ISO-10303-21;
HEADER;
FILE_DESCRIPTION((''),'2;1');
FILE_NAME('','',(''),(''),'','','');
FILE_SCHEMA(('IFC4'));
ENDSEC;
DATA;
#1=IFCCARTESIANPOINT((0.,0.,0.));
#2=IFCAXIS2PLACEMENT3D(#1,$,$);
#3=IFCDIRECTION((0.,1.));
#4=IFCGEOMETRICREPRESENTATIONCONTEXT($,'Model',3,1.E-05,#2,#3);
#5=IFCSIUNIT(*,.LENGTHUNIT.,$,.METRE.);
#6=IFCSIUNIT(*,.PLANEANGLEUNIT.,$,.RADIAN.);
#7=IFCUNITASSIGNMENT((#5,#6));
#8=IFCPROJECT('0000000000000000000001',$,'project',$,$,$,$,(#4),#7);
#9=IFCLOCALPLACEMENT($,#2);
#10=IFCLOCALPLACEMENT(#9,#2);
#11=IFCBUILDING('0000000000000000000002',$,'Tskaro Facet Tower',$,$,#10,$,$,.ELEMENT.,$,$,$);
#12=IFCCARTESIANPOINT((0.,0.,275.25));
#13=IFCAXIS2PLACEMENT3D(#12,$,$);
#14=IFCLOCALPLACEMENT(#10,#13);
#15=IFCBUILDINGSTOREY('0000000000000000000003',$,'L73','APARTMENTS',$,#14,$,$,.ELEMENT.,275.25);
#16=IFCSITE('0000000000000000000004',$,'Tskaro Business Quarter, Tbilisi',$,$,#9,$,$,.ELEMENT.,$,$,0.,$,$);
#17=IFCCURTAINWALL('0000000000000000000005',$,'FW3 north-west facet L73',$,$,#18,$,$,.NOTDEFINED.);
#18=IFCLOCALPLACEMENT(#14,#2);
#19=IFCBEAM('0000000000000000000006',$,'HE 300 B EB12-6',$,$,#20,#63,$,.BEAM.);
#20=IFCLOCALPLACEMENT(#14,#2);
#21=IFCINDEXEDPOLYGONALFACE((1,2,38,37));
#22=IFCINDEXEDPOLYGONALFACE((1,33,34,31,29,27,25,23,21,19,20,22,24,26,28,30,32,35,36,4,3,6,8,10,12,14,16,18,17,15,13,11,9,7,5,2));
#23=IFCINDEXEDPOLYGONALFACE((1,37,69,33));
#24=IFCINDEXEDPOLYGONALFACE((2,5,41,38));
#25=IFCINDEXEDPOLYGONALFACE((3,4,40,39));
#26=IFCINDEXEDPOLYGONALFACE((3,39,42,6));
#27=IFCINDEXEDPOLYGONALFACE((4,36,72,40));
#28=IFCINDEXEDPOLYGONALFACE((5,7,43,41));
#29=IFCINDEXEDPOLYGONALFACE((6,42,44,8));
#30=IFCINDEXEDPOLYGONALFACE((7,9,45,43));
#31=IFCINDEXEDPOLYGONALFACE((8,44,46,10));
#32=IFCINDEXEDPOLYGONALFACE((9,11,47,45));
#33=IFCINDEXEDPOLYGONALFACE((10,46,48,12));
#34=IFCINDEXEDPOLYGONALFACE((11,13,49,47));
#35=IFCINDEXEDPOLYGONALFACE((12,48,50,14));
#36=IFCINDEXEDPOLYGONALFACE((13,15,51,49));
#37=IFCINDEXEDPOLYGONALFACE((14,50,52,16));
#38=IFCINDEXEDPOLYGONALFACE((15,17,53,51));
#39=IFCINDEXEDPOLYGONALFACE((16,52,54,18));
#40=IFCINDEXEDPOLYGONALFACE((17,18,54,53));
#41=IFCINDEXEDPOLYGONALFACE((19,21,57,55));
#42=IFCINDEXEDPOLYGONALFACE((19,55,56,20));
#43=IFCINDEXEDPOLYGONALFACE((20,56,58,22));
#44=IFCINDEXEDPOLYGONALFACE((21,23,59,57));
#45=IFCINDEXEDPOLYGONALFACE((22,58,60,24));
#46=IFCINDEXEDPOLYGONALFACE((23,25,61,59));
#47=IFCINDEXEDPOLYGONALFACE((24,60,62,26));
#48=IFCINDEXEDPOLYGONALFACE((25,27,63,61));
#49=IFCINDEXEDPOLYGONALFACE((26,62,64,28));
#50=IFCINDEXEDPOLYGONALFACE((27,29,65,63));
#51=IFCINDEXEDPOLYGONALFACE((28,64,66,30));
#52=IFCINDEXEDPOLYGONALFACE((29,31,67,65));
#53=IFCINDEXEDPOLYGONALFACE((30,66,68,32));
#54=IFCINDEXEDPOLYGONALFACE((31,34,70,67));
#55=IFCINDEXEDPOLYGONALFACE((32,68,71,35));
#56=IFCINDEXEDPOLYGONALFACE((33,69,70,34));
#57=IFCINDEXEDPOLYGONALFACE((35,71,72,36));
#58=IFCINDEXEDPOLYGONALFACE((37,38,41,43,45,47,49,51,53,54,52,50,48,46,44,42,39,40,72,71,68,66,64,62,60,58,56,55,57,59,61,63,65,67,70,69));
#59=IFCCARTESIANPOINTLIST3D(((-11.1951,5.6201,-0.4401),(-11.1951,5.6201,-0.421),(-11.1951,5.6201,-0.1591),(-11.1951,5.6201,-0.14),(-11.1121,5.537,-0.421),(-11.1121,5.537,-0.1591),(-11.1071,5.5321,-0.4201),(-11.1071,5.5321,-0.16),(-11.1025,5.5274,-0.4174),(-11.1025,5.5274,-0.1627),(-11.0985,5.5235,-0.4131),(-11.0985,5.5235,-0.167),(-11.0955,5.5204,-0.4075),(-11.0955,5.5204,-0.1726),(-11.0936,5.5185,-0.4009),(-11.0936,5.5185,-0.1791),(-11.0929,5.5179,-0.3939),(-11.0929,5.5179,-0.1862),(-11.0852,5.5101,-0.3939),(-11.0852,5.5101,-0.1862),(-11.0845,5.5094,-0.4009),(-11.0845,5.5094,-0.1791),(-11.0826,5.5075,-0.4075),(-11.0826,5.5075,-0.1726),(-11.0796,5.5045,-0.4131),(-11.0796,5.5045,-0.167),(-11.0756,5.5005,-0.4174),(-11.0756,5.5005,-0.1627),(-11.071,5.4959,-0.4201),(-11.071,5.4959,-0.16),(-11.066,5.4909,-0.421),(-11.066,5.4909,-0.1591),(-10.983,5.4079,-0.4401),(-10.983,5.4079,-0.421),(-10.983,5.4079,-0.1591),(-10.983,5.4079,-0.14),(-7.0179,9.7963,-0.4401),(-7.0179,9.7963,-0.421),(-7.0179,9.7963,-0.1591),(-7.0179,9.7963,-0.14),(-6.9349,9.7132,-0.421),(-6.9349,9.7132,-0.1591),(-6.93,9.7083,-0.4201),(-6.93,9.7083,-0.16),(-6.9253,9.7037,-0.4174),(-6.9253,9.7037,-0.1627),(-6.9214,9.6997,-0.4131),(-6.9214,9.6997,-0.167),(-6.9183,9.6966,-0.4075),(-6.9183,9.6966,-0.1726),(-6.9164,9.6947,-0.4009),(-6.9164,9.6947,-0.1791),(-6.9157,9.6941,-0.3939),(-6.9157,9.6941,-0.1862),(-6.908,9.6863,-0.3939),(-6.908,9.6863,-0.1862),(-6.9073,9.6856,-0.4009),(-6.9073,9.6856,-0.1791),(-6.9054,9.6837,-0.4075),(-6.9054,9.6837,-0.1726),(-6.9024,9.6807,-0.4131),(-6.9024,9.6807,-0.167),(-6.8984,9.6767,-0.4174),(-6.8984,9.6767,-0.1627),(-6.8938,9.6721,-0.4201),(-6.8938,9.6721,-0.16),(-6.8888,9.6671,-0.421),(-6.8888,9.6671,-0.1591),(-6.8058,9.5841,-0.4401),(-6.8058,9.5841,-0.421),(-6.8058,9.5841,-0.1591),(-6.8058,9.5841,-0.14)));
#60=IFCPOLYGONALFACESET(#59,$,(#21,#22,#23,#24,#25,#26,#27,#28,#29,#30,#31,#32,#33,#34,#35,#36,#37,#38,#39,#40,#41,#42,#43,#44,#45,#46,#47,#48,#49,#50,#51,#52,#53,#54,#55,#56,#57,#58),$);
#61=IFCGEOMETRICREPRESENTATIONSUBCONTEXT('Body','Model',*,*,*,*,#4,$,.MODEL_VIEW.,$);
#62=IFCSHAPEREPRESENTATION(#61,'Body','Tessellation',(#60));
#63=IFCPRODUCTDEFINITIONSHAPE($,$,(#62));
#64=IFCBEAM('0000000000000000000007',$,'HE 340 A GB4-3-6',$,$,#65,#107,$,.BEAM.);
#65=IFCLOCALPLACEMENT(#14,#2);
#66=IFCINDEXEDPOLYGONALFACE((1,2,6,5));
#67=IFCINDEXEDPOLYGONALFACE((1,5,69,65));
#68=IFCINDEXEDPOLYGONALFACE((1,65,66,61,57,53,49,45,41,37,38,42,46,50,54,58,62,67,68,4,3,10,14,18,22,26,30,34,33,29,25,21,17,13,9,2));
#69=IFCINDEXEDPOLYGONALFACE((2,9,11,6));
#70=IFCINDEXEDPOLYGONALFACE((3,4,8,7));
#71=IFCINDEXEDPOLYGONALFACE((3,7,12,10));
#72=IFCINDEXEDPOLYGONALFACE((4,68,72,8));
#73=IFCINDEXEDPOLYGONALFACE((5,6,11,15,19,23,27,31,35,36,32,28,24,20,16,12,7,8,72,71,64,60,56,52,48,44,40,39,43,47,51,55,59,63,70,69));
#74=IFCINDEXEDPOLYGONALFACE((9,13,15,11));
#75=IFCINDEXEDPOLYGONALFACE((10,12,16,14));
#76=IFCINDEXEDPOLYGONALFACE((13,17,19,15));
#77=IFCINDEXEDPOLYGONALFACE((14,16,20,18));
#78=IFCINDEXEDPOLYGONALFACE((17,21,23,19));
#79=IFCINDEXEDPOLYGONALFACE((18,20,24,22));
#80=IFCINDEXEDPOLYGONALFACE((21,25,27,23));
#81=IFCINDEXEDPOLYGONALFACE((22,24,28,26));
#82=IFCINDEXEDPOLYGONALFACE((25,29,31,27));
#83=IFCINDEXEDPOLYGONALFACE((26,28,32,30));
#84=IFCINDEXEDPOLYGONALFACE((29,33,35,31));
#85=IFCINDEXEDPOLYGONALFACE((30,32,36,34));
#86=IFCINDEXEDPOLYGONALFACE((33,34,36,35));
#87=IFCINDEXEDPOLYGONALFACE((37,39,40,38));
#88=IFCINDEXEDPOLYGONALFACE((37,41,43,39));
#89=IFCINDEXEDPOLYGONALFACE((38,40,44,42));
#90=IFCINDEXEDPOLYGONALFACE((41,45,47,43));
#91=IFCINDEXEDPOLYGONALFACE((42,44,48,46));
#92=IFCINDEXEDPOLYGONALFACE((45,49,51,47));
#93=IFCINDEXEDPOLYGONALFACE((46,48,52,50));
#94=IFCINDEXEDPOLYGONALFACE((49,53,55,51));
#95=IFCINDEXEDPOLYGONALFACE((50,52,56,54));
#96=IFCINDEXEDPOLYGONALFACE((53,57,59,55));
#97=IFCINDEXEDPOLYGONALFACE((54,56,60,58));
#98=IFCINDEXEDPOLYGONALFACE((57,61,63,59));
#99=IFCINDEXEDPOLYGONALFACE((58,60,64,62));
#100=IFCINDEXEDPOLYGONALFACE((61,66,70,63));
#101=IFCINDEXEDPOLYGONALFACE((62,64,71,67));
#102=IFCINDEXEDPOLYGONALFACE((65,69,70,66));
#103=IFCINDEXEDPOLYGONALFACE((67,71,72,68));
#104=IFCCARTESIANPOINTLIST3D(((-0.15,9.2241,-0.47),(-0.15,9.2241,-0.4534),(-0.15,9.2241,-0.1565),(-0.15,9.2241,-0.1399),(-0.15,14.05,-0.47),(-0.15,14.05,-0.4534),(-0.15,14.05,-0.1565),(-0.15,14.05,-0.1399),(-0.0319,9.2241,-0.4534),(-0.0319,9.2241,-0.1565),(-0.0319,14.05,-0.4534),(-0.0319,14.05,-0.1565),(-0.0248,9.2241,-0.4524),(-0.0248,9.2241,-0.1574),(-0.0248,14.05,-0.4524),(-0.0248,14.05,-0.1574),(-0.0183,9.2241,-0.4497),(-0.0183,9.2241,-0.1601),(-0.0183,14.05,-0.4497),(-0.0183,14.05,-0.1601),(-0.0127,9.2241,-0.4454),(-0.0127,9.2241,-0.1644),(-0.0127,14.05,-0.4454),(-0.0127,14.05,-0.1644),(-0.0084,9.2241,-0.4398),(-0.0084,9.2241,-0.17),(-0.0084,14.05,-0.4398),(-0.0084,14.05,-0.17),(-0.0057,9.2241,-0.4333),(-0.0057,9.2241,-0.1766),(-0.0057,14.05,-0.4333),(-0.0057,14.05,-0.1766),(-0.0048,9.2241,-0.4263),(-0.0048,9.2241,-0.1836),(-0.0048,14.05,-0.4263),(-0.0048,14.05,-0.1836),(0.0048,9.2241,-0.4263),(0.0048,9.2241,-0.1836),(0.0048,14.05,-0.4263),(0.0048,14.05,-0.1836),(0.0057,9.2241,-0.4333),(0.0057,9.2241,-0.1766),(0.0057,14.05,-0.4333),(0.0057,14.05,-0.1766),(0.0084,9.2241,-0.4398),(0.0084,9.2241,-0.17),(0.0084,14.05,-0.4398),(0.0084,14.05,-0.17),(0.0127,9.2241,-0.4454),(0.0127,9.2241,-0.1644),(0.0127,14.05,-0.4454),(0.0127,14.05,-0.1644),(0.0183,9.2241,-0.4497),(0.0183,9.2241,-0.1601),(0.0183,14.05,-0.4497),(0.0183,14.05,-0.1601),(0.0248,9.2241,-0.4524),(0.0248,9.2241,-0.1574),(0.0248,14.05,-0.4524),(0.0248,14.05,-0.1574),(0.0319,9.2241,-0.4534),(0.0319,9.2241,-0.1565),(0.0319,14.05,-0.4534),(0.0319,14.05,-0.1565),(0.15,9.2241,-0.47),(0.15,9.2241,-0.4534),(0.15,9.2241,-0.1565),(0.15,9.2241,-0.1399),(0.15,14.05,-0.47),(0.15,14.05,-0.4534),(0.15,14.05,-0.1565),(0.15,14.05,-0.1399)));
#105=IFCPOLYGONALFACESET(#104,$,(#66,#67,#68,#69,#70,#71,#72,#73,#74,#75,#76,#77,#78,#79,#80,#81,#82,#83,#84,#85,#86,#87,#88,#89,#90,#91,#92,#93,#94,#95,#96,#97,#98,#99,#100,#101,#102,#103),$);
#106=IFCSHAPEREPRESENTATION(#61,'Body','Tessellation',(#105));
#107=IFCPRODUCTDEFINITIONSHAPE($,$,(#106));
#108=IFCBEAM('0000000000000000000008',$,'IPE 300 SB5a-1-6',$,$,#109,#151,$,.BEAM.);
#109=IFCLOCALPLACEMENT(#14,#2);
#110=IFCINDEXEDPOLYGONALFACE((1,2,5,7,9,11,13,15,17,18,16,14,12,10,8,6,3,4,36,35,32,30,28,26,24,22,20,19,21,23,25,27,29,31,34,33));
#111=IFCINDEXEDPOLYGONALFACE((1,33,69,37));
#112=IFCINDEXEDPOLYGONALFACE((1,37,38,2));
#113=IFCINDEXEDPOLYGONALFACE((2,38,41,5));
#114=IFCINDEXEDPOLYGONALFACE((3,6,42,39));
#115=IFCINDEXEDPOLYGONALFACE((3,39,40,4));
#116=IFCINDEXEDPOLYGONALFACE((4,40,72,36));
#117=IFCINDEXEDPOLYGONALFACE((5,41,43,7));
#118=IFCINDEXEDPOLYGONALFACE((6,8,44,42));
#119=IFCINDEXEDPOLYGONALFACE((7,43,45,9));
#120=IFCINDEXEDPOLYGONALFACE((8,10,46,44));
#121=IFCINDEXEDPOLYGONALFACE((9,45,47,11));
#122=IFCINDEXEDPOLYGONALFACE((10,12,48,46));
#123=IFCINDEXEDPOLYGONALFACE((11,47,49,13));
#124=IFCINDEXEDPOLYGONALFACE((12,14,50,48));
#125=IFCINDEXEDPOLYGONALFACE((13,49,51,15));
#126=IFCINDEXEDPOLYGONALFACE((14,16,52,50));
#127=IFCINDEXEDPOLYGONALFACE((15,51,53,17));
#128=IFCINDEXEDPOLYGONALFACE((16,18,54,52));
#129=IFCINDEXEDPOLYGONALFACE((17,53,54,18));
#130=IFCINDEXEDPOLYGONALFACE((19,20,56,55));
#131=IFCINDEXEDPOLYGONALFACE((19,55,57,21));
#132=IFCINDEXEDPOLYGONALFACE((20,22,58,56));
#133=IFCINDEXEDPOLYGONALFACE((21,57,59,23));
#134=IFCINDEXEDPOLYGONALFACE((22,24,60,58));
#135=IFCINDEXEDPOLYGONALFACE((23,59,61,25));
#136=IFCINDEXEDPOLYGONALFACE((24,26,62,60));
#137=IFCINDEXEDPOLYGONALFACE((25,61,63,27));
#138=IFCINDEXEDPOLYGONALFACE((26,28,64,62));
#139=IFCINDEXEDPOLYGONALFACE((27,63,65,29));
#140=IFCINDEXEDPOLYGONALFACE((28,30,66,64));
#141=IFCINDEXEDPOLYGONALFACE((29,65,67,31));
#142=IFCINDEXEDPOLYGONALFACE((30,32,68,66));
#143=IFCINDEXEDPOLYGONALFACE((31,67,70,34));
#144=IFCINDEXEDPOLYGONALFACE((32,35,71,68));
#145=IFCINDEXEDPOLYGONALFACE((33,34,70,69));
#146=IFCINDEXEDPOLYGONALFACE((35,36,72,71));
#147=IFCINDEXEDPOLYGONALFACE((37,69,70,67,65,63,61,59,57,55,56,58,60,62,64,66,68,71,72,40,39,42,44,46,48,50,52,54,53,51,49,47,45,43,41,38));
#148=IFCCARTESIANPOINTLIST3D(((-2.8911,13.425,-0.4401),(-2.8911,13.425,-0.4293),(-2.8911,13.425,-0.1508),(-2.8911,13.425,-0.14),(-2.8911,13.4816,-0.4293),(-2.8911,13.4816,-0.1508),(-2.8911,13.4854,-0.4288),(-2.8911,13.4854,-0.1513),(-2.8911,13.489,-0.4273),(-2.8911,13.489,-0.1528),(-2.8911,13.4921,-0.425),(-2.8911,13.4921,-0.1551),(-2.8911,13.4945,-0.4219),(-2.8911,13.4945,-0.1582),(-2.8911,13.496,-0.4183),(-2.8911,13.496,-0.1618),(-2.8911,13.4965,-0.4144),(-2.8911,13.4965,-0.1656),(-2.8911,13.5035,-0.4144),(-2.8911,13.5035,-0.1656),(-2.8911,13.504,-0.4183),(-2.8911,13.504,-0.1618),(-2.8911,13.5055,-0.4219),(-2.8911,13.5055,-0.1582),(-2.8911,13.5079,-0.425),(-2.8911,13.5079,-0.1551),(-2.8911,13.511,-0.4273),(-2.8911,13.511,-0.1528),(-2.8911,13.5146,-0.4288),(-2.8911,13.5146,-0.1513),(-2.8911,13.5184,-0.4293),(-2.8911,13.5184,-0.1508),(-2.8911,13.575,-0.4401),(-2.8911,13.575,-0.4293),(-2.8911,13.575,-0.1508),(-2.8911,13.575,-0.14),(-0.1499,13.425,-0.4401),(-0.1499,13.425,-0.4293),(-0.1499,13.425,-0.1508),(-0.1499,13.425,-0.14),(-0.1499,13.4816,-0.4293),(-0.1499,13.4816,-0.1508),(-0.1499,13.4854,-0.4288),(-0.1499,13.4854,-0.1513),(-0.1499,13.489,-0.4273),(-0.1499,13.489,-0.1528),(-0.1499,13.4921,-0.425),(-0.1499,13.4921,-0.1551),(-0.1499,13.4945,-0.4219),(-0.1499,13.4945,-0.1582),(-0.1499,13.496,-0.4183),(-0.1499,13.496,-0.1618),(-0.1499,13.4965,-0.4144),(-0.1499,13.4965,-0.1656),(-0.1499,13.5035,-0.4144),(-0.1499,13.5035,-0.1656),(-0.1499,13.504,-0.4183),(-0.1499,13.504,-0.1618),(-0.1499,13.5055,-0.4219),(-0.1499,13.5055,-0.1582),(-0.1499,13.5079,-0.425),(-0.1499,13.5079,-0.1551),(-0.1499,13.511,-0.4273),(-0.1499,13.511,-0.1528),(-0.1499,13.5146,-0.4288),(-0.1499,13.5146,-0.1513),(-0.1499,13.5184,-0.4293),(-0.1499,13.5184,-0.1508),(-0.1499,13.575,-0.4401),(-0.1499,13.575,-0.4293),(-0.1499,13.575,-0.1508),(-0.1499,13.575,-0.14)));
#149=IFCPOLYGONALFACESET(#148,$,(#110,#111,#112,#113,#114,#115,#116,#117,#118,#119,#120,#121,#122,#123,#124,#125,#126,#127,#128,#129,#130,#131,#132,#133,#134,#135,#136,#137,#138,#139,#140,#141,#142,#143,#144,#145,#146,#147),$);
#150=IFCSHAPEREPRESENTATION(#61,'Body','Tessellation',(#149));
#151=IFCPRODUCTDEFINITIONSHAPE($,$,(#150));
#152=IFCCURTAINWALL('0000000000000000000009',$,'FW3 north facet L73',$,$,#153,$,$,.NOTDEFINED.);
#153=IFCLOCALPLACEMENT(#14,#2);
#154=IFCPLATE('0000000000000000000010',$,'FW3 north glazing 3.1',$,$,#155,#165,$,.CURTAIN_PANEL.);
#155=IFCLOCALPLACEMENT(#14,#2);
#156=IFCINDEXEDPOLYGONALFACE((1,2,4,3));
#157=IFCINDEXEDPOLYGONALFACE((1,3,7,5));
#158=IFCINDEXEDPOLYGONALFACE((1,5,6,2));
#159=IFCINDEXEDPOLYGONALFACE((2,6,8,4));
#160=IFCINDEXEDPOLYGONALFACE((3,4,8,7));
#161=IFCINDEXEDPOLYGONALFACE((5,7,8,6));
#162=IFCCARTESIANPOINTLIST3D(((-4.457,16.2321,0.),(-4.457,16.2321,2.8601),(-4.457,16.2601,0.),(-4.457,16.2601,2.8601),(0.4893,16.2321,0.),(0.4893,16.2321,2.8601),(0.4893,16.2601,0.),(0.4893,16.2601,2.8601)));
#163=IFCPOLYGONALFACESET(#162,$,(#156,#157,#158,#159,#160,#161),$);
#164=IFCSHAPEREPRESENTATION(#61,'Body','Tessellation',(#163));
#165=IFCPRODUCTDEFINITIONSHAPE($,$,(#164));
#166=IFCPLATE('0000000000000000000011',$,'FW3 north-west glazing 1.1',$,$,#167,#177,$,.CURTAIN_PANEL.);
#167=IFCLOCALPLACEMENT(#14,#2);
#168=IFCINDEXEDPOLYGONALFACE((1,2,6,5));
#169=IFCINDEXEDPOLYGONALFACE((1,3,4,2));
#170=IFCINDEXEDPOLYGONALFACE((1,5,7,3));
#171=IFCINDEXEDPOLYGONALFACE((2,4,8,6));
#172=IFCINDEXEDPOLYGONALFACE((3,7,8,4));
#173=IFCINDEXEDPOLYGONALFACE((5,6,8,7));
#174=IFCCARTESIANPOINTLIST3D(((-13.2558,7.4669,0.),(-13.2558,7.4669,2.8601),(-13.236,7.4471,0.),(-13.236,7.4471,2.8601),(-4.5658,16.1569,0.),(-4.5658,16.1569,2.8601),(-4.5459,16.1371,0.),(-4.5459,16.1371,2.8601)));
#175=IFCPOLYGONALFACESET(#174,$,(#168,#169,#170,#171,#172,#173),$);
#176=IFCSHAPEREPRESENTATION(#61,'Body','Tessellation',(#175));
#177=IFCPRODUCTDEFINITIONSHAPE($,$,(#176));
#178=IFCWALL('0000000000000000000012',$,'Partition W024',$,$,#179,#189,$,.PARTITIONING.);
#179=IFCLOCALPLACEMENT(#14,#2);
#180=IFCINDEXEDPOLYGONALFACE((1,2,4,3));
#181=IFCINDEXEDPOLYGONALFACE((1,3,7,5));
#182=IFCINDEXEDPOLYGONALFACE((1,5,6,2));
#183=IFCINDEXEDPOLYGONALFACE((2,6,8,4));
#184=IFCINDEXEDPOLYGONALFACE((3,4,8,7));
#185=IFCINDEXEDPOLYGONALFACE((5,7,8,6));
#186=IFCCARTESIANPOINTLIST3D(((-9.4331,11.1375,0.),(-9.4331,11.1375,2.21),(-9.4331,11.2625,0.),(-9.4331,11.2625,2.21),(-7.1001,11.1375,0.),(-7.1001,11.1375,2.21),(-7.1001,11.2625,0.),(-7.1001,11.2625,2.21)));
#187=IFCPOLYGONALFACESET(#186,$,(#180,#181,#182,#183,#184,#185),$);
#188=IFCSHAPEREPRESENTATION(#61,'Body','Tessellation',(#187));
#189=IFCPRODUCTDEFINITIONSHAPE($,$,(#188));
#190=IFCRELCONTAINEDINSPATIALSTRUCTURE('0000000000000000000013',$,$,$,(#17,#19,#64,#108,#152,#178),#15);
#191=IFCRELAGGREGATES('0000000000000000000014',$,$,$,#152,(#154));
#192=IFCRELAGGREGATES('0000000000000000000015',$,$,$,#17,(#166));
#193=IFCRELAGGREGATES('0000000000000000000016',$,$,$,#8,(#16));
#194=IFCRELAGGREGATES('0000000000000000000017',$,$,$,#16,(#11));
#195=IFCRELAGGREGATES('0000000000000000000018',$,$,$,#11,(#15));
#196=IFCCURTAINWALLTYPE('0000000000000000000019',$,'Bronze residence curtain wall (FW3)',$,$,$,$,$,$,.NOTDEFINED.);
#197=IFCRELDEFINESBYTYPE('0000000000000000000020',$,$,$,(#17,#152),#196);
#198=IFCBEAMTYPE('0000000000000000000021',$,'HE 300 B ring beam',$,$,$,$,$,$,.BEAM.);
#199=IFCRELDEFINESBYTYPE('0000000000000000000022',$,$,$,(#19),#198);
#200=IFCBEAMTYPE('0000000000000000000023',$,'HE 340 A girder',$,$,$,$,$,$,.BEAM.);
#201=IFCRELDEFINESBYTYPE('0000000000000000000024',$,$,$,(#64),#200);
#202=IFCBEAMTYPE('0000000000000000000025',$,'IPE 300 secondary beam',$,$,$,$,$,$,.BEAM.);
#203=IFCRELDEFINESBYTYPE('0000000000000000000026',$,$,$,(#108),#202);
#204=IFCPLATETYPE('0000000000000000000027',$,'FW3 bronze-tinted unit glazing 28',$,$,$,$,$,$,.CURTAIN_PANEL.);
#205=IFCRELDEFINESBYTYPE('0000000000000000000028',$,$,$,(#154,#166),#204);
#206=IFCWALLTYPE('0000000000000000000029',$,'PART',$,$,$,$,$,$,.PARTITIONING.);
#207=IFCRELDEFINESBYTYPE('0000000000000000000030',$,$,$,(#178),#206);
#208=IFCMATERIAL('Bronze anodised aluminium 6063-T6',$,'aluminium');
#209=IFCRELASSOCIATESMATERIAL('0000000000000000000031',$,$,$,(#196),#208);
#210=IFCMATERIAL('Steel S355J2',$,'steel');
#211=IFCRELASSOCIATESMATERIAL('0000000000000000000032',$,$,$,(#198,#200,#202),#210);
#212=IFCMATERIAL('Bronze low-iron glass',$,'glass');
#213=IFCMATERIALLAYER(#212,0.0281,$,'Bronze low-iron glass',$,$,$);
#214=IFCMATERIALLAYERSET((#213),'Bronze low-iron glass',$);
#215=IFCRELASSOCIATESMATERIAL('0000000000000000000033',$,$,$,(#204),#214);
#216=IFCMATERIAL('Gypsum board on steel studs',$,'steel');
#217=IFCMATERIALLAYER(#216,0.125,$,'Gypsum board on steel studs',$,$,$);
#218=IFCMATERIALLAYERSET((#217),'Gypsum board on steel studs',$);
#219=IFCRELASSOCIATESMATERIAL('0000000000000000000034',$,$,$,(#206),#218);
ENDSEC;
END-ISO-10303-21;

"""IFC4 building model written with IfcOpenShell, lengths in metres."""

from ifc_helpers import new_model, si_unit, direction, frame, frame_2d, origin, origin_2d, place, context, subcontext, project, spatial, rectangle, i_section, extrude, material, layer, layer_set, material_profile, profile_set, type_object, element, aggregate, save


model = new_model("IFC4")

# Units and contexts
model_context = context("Model", 3, precision=1e-05, world=origin(), true_north=direction((0.0, 1.0)))
body_context = subcontext(model_context, "Body", "Model", "MODEL_VIEW")
ifc_project = project(units=[si_unit("LENGTHUNIT", "METRE"), si_unit("PLANEANGLEUNIT", "RADIAN")], contexts=[model_context])

# Site, building, storey
site_placement = place(None, origin())
site = spatial("IfcSite", under=ifc_project, at=site_placement, Name="Tskaro Business Quarter, Tbilisi", CompositionType="ELEMENT", RefElevation=0.0)
building_placement = place(site_placement, origin())
building = spatial("IfcBuilding", under=site, at=building_placement, Name="Tskaro Facet Tower", CompositionType="ELEMENT")
storey_placement = place(building_placement, frame((0.0, 0.0, 275.25)))
storey = spatial("IfcBuildingStorey", under=building, at=storey_placement, Name="L73", Description="APARTMENTS", CompositionType="ELEMENT", Elevation=275.25)

# Shared definitions
ifc_material_1 = material(Name="Steel S355J2", Category="steel")

# Curtain wall
ifc_material_2 = material(Name="Bronze anodised aluminium 6063-T6", Category="aluminium")
curtain_wall_type = type_object("IfcCurtainWallType", Name="Bronze residence curtain wall (FW3)", PredefinedType="NOTDEFINED", material=ifc_material_2)
curtain_wall_1_placement = place(storey_placement, origin())
curtain_wall_1 = element("IfcCurtainWall", 1, at=curtain_wall_1_placement, inside=storey, type_object=curtain_wall_type, Name="FW3 north-west facet L73", PredefinedType="NOTDEFINED")

# Beams
ifc_material_profile_1 = material_profile(ifc_material_1, i_section(OverallWidth=0.3, OverallDepth=0.3, WebThickness=0.011, FlangeThickness=0.019, FilletRadius=0.0271, at=origin_2d()), Name="HE 300 B")
ifc_profile_set_1 = profile_set([ifc_material_profile_1], Name="Steel S355J2")
beam_type_1 = type_object("IfcBeamType", Name="HE 300 B ring beam", PredefinedType="BEAM", material=ifc_profile_set_1)
for number, where, z_axis, x_axis, name in (
    (2, (-6.9119, 9.6902, -0.29), (-0.707189, -0.707024, 0.0), (0.707024, -0.707189, 0.0), "HE 300 B EB12-6"),
):
    element("IfcBeam", number, at=place(storey_placement, frame(where, z_axis=z_axis, x_axis=x_axis)), inside=storey, type_object=beam_type_1, Name=name, PredefinedType="BEAM", context=body_context, shape_type="SweptSolid", body=[
        extrude(i_section(OverallWidth=0.3, OverallDepth=0.3, WebThickness=0.011, FlangeThickness=0.019, FilletRadius=0.0271, at=origin_2d()), origin(), (0.0, 0.0, 1.0), 5.9067),
    ])
ifc_material_profile_2 = material_profile(ifc_material_1, i_section(OverallWidth=0.3, OverallDepth=0.3301, WebThickness=0.0095, FlangeThickness=0.0166, FilletRadius=0.0271, at=origin_2d()), Name="HE 340 A")
ifc_profile_set_2 = profile_set([ifc_material_profile_2], Name="Steel S355J2")
beam_type_2 = type_object("IfcBeamType", Name="HE 340 A girder", PredefinedType="BEAM", material=ifc_profile_set_2)
beam_1_placement = place(storey_placement, frame((0.0, 9.2241, -0.3049), z_axis=(0.0, 1.0, 0.0), x_axis=(-1.0, 0.0, 0.0)))
element("IfcBeam", 3, at=beam_1_placement, inside=storey, type_object=beam_type_2, Name="HE 340 A GB4-3-6", PredefinedType="BEAM", context=body_context, shape_type="SweptSolid", body=[
    extrude(i_section(OverallWidth=0.3, OverallDepth=0.3301, WebThickness=0.0095, FlangeThickness=0.0166, FilletRadius=0.0271, at=origin_2d()), origin(), (0.0, 0.0, 1.0), 4.8259),
])
ifc_material_profile_3 = material_profile(ifc_material_1, i_section(OverallWidth=0.1499, OverallDepth=0.3, WebThickness=0.0071, FlangeThickness=0.0107, FilletRadius=0.0149, at=origin_2d()), Name="IPE 300")
ifc_profile_set_3 = profile_set([ifc_material_profile_3], Name="Steel S355J2")
beam_type_3 = type_object("IfcBeamType", Name="IPE 300 secondary beam", PredefinedType="BEAM", material=ifc_profile_set_3)
beam_2_placement = place(storey_placement, frame((-2.8911, 13.5, -0.29), z_axis=(1.0, 0.0, 0.0), x_axis=(0.0, 1.0, 0.0)))
element("IfcBeam", 4, at=beam_2_placement, inside=storey, type_object=beam_type_3, Name="IPE 300 SB5a-1-6", PredefinedType="BEAM", context=body_context, shape_type="SweptSolid", body=[
    extrude(i_section(OverallWidth=0.1499, OverallDepth=0.3, WebThickness=0.0071, FlangeThickness=0.0107, FilletRadius=0.0149, at=origin_2d()), origin(), (0.0, 0.0, 1.0), 2.7412),
])

# Curtain wall, plate
curtain_wall_2_placement = place(storey_placement, origin())
curtain_wall_2 = element("IfcCurtainWall", 5, at=curtain_wall_2_placement, inside=storey, type_object=curtain_wall_type, Name="FW3 north facet L73", PredefinedType="NOTDEFINED")
ifc_material_3 = material(Name="Bronze low-iron glass", Category="glass")
ifc_layer_1 = layer(ifc_material_3, 0.0281, Name="Bronze low-iron glass")
ifc_layer_set_1 = layer_set([ifc_layer_1], Name="Bronze low-iron glass")
plate_type = type_object("IfcPlateType", Name="FW3 bronze-tinted unit glazing 28", PredefinedType="CURTAIN_PANEL", material=ifc_layer_set_1)
plate_1_placement = place(storey_placement, frame((-1.9839, 16.2461, 0.0), z_axis=(0.0, 0.0, 1.0), x_axis=(-1.0, 0.0, 0.0)))
plate_1 = element("IfcPlate", 6, at=plate_1_placement, type_object=plate_type, Name="FW3 north glazing 3.1", PredefinedType="CURTAIN_PANEL", context=body_context, shape_type="SweptSolid", body=[
    extrude(rectangle(XDim=4.9463, YDim=0.0281, at=origin_2d()), origin(), (0.0, 0.0, 1.0), 2.8601),
])
aggregate(curtain_wall_2, [plate_1])

# Plate
plate_2_placement = place(storey_placement, frame((-8.9009, 11.802, 0.0), z_axis=(0.0, 0.0, 1.0), x_axis=(-0.707107, -0.707107, 0.0)))
plate_2 = element("IfcPlate", 7, at=plate_2_placement, type_object=plate_type, Name="FW3 north-west glazing 1.1", PredefinedType="CURTAIN_PANEL", context=body_context, shape_type="SweptSolid", body=[
    extrude(rectangle(XDim=12.2896, YDim=0.0281, at=origin_2d()), origin(), (0.0, 0.0, 1.0), 2.8601),
])
aggregate(curtain_wall_1, [plate_2])

# Wall
ifc_material_4 = material(Name="Gypsum board on steel studs", Category="steel")
ifc_layer_2 = layer(ifc_material_4, 0.125, Name="Gypsum board on steel studs")
ifc_layer_set_2 = layer_set([ifc_layer_2], Name="Gypsum board on steel studs")
wall_type_1 = type_object("IfcWallType", Name="PART", PredefinedType="PARTITIONING", material=ifc_layer_set_2)
wall_1_placement = place(storey_placement, frame((-9.4331, 11.2, 0.0), z_axis=(0.0, 0.0, 1.0), x_axis=(1.0, 0.0, 0.0)))
element("IfcWall", 8, at=wall_1_placement, inside=storey, type_object=wall_type_1, Name="Partition W024", PredefinedType="PARTITIONING", context=body_context, shape_type="SweptSolid", body=[
    extrude(rectangle(XDim=2.333, YDim=0.125, at=frame_2d((1.1665, 0.0))), origin(), (0.0, 0.0, 1.0), 2.21),
])

save(model, "model.ifc")
